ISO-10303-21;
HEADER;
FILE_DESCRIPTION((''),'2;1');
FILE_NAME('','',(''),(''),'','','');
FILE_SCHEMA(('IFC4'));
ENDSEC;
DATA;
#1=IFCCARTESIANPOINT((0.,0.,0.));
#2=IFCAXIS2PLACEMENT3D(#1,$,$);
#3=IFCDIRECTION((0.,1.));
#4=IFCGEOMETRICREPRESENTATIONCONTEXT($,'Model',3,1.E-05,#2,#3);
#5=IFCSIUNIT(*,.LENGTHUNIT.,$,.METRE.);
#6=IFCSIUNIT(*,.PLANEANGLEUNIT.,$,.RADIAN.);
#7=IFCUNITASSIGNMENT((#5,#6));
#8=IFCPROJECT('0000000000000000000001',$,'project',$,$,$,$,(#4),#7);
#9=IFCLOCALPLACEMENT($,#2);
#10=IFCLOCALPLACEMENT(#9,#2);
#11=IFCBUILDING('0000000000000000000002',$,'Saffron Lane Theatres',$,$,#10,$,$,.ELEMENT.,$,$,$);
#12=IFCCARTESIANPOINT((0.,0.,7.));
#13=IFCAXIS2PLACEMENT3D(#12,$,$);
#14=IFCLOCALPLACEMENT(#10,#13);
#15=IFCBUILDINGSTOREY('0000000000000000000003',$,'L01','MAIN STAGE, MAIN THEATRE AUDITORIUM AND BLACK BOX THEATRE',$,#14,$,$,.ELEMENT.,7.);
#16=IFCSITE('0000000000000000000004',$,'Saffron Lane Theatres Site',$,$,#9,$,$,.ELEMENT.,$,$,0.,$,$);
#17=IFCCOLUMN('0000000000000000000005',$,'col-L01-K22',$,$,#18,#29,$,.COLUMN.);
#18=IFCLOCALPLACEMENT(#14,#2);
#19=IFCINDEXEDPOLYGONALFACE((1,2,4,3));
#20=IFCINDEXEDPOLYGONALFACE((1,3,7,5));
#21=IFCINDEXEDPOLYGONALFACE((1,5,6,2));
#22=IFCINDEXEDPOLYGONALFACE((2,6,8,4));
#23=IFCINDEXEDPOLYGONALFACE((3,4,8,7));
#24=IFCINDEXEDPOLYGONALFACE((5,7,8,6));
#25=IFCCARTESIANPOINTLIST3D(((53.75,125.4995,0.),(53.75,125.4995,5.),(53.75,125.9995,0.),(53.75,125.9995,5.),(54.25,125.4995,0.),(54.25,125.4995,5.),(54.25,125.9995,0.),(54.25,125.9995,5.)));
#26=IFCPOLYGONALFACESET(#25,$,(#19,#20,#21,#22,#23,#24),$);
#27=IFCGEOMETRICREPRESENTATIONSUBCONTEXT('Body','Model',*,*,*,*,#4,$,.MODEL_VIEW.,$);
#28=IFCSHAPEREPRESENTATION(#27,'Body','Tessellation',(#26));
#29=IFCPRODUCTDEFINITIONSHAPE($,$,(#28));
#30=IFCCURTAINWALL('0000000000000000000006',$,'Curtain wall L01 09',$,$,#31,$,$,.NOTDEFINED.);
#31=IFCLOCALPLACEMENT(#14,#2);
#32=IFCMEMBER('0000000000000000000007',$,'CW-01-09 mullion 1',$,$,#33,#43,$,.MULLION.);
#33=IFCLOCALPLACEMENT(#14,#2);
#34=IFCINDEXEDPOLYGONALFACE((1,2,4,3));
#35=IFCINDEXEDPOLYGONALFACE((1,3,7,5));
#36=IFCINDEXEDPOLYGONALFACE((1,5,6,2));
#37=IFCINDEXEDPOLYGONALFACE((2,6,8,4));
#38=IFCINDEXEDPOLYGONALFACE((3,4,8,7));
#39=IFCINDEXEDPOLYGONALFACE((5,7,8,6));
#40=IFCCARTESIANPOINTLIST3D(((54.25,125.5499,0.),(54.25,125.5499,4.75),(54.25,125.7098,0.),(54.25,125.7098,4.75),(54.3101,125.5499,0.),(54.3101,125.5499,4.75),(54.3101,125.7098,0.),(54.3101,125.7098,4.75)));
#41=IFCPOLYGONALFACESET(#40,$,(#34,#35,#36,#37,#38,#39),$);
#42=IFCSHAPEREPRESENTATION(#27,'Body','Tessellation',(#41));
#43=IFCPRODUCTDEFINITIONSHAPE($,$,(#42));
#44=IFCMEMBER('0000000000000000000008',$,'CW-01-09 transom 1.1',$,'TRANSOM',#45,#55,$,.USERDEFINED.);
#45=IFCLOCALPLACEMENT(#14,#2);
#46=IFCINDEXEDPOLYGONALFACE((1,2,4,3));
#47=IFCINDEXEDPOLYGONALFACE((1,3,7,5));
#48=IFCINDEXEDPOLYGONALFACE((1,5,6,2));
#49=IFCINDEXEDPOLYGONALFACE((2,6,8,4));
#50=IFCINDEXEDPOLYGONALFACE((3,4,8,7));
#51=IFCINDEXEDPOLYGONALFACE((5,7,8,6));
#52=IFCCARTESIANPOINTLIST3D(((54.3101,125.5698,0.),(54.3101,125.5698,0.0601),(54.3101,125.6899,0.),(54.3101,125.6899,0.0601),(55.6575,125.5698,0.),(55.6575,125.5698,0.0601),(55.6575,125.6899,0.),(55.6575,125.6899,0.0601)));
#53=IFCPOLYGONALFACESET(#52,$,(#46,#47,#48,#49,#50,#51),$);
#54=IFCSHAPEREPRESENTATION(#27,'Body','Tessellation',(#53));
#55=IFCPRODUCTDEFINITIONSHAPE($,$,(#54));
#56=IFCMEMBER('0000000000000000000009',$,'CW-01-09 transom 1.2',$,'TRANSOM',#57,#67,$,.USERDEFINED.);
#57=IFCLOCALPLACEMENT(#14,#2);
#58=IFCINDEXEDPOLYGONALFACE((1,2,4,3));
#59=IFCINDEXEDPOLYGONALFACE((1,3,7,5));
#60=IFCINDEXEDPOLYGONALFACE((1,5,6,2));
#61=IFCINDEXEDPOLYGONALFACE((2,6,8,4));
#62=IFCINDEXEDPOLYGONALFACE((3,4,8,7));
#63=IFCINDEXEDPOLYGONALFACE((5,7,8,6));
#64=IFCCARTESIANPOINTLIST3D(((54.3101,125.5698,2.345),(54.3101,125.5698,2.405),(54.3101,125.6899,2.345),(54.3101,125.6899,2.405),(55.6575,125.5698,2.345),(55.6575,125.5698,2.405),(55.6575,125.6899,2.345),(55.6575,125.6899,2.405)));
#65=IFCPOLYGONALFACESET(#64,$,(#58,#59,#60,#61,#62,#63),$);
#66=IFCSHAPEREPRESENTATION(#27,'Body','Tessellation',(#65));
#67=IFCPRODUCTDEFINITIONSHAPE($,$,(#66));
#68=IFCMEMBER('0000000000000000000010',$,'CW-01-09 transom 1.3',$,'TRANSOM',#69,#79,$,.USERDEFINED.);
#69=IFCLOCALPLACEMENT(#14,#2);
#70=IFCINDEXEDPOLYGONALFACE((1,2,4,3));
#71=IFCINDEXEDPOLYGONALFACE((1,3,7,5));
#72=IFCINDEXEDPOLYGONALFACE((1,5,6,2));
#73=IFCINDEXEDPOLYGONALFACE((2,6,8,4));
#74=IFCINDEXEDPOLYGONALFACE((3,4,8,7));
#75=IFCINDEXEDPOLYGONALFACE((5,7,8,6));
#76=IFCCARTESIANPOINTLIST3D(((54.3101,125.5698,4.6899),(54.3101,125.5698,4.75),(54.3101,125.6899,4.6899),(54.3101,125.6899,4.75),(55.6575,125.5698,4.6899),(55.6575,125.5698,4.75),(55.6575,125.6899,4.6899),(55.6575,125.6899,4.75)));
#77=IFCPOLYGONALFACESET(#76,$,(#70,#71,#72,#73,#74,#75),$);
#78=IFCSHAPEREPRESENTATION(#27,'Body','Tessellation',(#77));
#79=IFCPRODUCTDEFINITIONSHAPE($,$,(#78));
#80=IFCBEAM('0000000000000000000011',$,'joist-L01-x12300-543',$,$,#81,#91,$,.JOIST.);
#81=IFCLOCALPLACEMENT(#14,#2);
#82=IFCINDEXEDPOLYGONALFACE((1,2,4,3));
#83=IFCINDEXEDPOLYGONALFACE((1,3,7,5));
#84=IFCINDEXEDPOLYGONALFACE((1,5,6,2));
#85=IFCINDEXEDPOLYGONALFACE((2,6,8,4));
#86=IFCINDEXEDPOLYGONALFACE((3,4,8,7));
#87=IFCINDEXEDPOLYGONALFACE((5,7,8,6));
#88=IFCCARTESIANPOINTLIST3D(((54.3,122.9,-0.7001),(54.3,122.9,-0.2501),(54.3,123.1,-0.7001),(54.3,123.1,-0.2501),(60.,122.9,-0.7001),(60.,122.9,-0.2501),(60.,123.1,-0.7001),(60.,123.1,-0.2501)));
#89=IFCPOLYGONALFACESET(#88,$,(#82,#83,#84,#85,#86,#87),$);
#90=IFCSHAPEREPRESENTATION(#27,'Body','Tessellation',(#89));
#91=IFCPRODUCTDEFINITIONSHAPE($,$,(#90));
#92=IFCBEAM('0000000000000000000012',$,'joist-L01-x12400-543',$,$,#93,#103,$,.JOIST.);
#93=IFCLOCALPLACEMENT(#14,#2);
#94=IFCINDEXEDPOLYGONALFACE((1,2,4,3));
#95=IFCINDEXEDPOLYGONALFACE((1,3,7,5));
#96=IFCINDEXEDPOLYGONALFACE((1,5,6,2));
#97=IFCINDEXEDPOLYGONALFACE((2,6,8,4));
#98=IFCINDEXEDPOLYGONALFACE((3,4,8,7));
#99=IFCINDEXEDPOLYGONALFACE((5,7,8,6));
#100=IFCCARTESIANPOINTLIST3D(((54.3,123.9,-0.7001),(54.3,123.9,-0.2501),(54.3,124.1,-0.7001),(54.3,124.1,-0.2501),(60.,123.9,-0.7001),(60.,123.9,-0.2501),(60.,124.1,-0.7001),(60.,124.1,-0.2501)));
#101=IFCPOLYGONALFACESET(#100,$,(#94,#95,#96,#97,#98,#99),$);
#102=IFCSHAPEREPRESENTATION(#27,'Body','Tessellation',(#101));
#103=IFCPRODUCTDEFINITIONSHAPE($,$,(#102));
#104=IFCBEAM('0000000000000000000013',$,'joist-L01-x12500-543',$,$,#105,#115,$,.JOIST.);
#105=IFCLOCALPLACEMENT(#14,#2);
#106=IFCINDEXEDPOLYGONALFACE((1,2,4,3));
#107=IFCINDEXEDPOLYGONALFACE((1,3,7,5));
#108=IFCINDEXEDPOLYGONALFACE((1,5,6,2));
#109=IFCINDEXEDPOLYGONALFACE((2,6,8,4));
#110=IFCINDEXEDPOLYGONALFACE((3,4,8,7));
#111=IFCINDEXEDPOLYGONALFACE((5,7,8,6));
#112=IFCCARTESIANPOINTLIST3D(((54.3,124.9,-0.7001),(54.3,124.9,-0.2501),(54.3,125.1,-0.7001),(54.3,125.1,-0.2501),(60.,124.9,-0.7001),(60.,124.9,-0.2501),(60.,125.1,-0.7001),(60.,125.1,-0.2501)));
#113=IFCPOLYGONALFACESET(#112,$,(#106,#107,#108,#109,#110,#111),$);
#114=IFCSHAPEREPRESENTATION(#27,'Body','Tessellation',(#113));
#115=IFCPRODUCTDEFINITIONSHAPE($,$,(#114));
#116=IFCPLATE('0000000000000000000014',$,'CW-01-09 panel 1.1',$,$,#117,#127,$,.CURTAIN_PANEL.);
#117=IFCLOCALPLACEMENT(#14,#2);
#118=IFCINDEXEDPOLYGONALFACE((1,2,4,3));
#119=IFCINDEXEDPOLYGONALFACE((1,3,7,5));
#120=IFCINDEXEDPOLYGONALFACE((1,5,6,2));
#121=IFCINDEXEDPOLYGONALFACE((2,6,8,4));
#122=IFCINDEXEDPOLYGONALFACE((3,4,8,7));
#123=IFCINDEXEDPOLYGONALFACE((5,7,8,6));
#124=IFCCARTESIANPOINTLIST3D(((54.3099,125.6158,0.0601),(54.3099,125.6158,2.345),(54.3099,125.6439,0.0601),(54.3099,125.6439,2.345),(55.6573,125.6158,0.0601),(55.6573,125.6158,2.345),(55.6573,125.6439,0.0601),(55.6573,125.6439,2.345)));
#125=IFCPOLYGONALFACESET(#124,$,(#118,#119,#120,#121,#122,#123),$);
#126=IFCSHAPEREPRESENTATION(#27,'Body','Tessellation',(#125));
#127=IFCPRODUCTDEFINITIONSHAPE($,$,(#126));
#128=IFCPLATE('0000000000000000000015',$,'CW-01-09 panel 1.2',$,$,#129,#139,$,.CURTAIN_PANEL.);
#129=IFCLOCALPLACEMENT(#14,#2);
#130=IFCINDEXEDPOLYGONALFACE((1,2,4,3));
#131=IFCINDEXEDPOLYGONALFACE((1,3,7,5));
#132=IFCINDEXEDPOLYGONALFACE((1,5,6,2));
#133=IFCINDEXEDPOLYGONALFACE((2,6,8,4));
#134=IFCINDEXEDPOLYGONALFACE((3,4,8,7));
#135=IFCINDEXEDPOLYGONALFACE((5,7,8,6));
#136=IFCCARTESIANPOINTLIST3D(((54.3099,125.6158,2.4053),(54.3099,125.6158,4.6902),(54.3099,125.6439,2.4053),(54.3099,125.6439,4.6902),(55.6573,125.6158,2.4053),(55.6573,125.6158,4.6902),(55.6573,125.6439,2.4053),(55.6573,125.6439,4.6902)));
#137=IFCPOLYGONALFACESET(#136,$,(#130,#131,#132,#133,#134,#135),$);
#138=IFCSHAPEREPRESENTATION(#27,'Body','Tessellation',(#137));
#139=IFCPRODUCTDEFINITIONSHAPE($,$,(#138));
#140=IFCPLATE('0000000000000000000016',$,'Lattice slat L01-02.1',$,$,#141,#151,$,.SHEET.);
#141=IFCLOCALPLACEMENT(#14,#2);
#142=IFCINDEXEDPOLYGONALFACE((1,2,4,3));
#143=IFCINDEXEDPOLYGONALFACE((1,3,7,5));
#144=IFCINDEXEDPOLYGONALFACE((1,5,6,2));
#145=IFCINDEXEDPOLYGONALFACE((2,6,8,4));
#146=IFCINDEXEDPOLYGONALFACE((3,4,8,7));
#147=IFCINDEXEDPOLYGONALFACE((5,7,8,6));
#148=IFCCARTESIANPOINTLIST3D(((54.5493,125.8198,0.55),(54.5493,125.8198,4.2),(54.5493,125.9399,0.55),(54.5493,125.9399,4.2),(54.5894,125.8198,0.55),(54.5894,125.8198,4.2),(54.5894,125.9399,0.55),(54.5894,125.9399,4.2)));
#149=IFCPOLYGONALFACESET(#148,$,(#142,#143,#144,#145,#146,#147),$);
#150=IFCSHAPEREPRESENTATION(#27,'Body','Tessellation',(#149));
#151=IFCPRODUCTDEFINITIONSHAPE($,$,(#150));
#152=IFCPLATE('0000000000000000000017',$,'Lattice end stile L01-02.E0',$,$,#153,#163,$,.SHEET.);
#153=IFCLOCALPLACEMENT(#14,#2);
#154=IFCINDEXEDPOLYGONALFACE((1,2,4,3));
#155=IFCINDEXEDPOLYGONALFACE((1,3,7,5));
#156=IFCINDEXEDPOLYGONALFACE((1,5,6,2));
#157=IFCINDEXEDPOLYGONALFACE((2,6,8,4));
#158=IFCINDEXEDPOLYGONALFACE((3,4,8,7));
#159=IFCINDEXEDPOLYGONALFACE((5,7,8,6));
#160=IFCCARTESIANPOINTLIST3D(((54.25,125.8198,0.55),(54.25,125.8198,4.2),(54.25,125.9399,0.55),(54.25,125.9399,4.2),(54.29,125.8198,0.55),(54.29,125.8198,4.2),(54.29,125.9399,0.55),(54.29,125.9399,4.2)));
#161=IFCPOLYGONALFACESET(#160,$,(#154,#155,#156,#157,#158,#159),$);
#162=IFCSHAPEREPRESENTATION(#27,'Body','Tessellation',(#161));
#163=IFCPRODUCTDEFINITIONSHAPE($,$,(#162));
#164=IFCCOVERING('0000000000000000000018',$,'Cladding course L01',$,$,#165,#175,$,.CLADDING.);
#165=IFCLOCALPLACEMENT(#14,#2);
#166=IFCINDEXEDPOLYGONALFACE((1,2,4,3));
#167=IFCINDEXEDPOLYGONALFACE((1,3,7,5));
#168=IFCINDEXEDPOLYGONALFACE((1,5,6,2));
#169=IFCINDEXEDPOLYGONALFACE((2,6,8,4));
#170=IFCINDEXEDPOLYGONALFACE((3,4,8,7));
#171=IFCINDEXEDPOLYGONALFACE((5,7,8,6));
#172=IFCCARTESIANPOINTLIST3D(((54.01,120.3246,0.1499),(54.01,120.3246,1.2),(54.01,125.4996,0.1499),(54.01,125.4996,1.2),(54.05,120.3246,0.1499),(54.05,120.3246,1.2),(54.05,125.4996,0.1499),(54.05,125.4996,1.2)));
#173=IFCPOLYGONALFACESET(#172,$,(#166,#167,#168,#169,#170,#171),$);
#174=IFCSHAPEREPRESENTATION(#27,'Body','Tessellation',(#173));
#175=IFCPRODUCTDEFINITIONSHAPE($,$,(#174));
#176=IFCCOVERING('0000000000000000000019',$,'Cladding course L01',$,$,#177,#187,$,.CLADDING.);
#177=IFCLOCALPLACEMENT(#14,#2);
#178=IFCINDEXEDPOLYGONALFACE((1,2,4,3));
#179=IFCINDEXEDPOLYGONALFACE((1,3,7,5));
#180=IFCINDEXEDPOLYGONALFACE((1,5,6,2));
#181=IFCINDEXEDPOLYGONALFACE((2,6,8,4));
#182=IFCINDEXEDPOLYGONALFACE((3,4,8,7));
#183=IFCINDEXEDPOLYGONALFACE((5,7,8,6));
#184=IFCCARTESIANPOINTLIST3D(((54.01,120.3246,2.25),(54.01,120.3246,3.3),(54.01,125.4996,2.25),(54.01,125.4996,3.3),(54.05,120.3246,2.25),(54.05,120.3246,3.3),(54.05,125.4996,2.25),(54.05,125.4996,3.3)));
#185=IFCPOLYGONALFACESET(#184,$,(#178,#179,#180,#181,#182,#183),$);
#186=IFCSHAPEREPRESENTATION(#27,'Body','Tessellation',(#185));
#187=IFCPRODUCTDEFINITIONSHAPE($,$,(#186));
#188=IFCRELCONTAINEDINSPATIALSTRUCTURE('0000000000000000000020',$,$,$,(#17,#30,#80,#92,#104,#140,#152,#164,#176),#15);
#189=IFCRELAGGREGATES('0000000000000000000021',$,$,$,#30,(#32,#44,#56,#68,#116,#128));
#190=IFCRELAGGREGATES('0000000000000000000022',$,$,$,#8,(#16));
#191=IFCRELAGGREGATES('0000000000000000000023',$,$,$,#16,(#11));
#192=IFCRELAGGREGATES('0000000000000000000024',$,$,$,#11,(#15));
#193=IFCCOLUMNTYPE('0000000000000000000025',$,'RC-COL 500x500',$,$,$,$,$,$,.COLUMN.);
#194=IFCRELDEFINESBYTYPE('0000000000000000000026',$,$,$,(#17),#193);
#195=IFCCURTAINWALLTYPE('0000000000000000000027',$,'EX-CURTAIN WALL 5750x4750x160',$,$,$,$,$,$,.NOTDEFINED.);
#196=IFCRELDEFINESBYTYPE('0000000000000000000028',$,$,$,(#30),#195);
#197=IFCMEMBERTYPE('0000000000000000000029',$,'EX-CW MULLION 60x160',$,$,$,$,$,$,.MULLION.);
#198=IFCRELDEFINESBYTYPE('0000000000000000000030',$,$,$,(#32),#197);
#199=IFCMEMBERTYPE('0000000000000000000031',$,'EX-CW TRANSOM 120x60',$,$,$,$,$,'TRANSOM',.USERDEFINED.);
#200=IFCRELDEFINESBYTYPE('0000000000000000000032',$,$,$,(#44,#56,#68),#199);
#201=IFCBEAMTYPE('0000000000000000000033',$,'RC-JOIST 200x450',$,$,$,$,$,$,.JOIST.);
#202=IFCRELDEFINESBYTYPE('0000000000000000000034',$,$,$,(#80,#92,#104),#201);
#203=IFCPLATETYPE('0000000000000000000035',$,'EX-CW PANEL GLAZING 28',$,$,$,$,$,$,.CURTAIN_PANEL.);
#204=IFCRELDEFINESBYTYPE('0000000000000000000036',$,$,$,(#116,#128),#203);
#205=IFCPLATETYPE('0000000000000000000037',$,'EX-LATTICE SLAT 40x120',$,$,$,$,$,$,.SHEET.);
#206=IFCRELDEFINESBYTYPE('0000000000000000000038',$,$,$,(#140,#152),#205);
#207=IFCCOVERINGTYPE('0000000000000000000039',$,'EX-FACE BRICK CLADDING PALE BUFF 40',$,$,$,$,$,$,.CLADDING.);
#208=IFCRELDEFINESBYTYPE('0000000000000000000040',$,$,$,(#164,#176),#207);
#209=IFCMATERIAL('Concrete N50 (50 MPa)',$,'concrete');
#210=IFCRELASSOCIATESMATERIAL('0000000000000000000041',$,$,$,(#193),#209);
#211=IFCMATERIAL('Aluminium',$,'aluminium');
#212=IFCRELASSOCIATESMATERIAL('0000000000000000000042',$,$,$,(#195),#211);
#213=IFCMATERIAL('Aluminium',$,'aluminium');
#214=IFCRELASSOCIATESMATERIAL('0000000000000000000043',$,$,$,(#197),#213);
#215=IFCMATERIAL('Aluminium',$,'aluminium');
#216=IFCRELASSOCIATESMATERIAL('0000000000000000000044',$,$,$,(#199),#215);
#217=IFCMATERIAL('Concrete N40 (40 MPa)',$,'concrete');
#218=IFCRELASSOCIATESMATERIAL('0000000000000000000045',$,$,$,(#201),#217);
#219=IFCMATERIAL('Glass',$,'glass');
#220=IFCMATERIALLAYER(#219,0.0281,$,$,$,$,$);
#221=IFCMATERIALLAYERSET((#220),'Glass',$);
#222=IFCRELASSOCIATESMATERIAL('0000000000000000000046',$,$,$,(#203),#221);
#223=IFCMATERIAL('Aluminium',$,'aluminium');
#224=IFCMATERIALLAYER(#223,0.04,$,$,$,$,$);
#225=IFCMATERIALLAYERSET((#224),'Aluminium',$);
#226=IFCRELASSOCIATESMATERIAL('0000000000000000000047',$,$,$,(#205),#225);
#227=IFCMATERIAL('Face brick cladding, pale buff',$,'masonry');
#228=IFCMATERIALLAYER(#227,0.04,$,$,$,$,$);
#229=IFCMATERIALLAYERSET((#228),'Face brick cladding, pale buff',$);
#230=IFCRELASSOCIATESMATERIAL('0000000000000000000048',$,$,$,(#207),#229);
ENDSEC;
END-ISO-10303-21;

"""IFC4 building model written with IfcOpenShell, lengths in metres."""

from ifc_helpers import new_model, si_unit, direction, frame, origin, origin_2d, place, context, subcontext, project, spatial, rectangle, extrude, material, layer, layer_set, material_profile, profile_set, type_object, element, aggregate, save


model = new_model("IFC4")

# Units and contexts
model_context = context("Model", 3, precision=1e-05, world=origin(), true_north=direction((0.0, 1.0)))
body_context = subcontext(model_context, "Body", "Model", "MODEL_VIEW")
ifc_project = project(units=[si_unit("LENGTHUNIT", "METRE"), si_unit("PLANEANGLEUNIT", "RADIAN")], contexts=[model_context])

# Site, building, storey
site_placement = place(None, origin())
site = spatial("IfcSite", under=ifc_project, at=site_placement, Name="Saffron Lane Theatres Site", CompositionType="ELEMENT", RefElevation=0.0)
building_placement = place(site_placement, origin())
building = spatial("IfcBuilding", under=site, at=building_placement, Name="Saffron Lane Theatres", CompositionType="ELEMENT")
storey_placement = place(building_placement, frame((0.0, 0.0, 7.0)))
storey = spatial("IfcBuildingStorey", under=building, at=storey_placement, Name="L01", Description="MAIN STAGE, MAIN THEATRE AUDITORIUM AND BLACK BOX THEATRE", CompositionType="ELEMENT", Elevation=7.0)

# Column
ifc_material_1 = material(Name="Concrete N50 (50 MPa)", Category="concrete")
ifc_material_profile_1 = material_profile(ifc_material_1, rectangle(XDim=0.5, YDim=0.5, at=origin_2d()))
ifc_profile_set_1 = profile_set([ifc_material_profile_1], Name="Concrete N50 (50 MPa)")
column_type = type_object("IfcColumnType", Name="RC-COL 500x500", PredefinedType="COLUMN", material=ifc_profile_set_1)
column_placement = place(storey_placement, frame((54.0, 125.7495, 0.0), z_axis=(0.0, 0.0, 1.0), x_axis=(1.0, 0.0, 0.0)))
element("IfcColumn", 1, at=column_placement, inside=storey, type_object=column_type, Name="col-L01-K22", PredefinedType="COLUMN", context=body_context, shape_type="SweptSolid", body=[
    extrude(rectangle(XDim=0.5, YDim=0.5, at=origin_2d()), origin(), (0.0, 0.0, 1.0), 5.0),
])

# Curtain wall, members
ifc_material_2 = material(Name="Aluminium", Category="aluminium")
curtain_wall_type = type_object("IfcCurtainWallType", Name="EX-CURTAIN WALL 5750x4750x160", PredefinedType="NOTDEFINED", material=ifc_material_2)
curtain_wall_placement = place(storey_placement, origin())
curtain_wall = element("IfcCurtainWall", 2, at=curtain_wall_placement, inside=storey, type_object=curtain_wall_type, Name="Curtain wall L01 09", PredefinedType="NOTDEFINED")
ifc_material_3 = material(Name="Aluminium", Category="aluminium")
ifc_material_profile_2 = material_profile(ifc_material_3, rectangle(XDim=0.0601, YDim=0.1599, at=origin_2d()))
ifc_profile_set_2 = profile_set([ifc_material_profile_2], Name="Aluminium")
member_type_1 = type_object("IfcMemberType", Name="EX-CW MULLION 60x160", PredefinedType="MULLION", material=ifc_profile_set_2)
member_1_placement = place(storey_placement, frame((54.28, 125.6299, 0.0), z_axis=(0.0, 0.0, 1.0), x_axis=(1.0, 0.0, 0.0)))
member_1 = element("IfcMember", 3, at=member_1_placement, type_object=member_type_1, Name="CW-01-09 mullion 1", PredefinedType="MULLION", context=body_context, shape_type="SweptSolid", body=[
    extrude(rectangle(XDim=0.0601, YDim=0.1599, at=origin_2d()), origin(), (0.0, 0.0, 1.0), 4.75),
])
ifc_material_4 = material(Name="Aluminium", Category="aluminium")
ifc_material_profile_3 = material_profile(ifc_material_4, rectangle(XDim=0.1201, YDim=0.0601, at=origin_2d()))
ifc_profile_set_3 = profile_set([ifc_material_profile_3], Name="Aluminium")
member_type_2 = type_object("IfcMemberType", Name="EX-CW TRANSOM 120x60", ElementType="TRANSOM", PredefinedType="USERDEFINED", material=ifc_profile_set_3)
member_2_placement = place(storey_placement, frame((54.3101, 125.6299, 0.03), z_axis=(1.0, 0.0, 0.0), x_axis=(0.0, 1.0, 0.0)))
member_2 = element("IfcMember", 4, at=member_2_placement, type_object=member_type_2, Name="CW-01-09 transom 1.1", ObjectType="TRANSOM", PredefinedType="USERDEFINED", context=body_context, shape_type="SweptSolid", body=[
    extrude(rectangle(XDim=0.1201, YDim=0.0601, at=origin_2d()), origin(), (0.0, 0.0, 1.0), 1.3474),
])
member_3_placement = place(storey_placement, frame((54.3101, 125.6299, 2.375), z_axis=(1.0, 0.0, 0.0), x_axis=(0.0, 1.0, 0.0)))
member_3 = element("IfcMember", 5, at=member_3_placement, type_object=member_type_2, Name="CW-01-09 transom 1.2", ObjectType="TRANSOM", PredefinedType="USERDEFINED", context=body_context, shape_type="SweptSolid", body=[
    extrude(rectangle(XDim=0.1201, YDim=0.0601, at=origin_2d()), origin(), (0.0, 0.0, 1.0), 1.3474),
])
member_4_placement = place(storey_placement, frame((54.3101, 125.6299, 4.72), z_axis=(1.0, 0.0, 0.0), x_axis=(0.0, 1.0, 0.0)))
member_4 = element("IfcMember", 6, at=member_4_placement, type_object=member_type_2, Name="CW-01-09 transom 1.3", ObjectType="TRANSOM", PredefinedType="USERDEFINED", context=body_context, shape_type="SweptSolid", body=[
    extrude(rectangle(XDim=0.1201, YDim=0.0601, at=origin_2d()), origin(), (0.0, 0.0, 1.0), 1.3474),
])

# Beams
ifc_material_5 = material(Name="Concrete N40 (40 MPa)", Category="concrete")
ifc_material_profile_4 = material_profile(ifc_material_5, rectangle(XDim=0.2, YDim=0.45, at=origin_2d()))
ifc_profile_set_4 = profile_set([ifc_material_profile_4], Name="Concrete N40 (40 MPa)")
beam_type = type_object("IfcBeamType", Name="RC-JOIST 200x450", PredefinedType="JOIST", material=ifc_profile_set_4)
for number, where, z_axis, x_axis, name in (
    (7, (54.3, 123.0, -0.4751), (1.0, 0.0, 0.0), (0.0, 1.0, 0.0), "joist-L01-x12300-543"),
    (8, (54.3, 124.0, -0.4751), (1.0, 0.0, 0.0), (0.0, 1.0, 0.0), "joist-L01-x12400-543"),
    (9, (54.3, 125.0, -0.4751), (1.0, 0.0, 0.0), (0.0, 1.0, 0.0), "joist-L01-x12500-543"),
):
    element("IfcBeam", number, at=place(storey_placement, frame(where, z_axis=z_axis, x_axis=x_axis)), inside=storey, type_object=beam_type, Name=name, PredefinedType="JOIST", context=body_context, shape_type="SweptSolid", body=[
        extrude(rectangle(XDim=0.2, YDim=0.45, at=origin_2d()), origin(), (0.0, 0.0, 1.0), 5.7),
    ])

# Plates
ifc_material_6 = material(Name="Glass", Category="glass")
ifc_layer_1 = layer(ifc_material_6, 0.0281)
ifc_layer_set_1 = layer_set([ifc_layer_1], Name="Glass")
plate_type_1 = type_object("IfcPlateType", Name="EX-CW PANEL GLAZING 28", PredefinedType="CURTAIN_PANEL", material=ifc_layer_set_1)
plate_1_placement = place(storey_placement, frame((54.9836, 125.6299, 0.0601), z_axis=(0.0, 0.0, 1.0), x_axis=(1.0, 0.0, 0.0)))
plate_1 = element("IfcPlate", 10, at=plate_1_placement, type_object=plate_type_1, Name="CW-01-09 panel 1.1", PredefinedType="CURTAIN_PANEL", context=body_context, shape_type="SweptSolid", body=[
    extrude(rectangle(XDim=1.3474, YDim=0.0281, at=origin_2d()), origin(), (0.0, 0.0, 1.0), 2.2849),
])
plate_2_placement = place(storey_placement, frame((54.9836, 125.6299, 2.4053), z_axis=(0.0, 0.0, 1.0), x_axis=(1.0, 0.0, 0.0)))
plate_2 = element("IfcPlate", 11, at=plate_2_placement, type_object=plate_type_1, Name="CW-01-09 panel 1.2", PredefinedType="CURTAIN_PANEL", context=body_context, shape_type="SweptSolid", body=[
    extrude(rectangle(XDim=1.3474, YDim=0.0281, at=origin_2d()), origin(), (0.0, 0.0, 1.0), 2.2849),
])
aggregate(curtain_wall, [member_1, member_2, member_3, member_4, plate_1, plate_2])

# Plates
ifc_material_7 = material(Name="Aluminium", Category="aluminium")
ifc_layer_2 = layer(ifc_material_7, 0.04)
ifc_layer_set_2 = layer_set([ifc_layer_2], Name="Aluminium")
plate_type_2 = type_object("IfcPlateType", Name="EX-LATTICE SLAT 40x120", PredefinedType="SHEET", material=ifc_layer_set_2)
for number, where, z_axis, x_axis, name in (
    (12, (54.5693, 125.8799, 0.55), (0.0, 0.0, 1.0), (1.0, 0.0, 0.0), "Lattice slat L01-02.1"),
    (13, (54.27, 125.8799, 0.55), (0.0, 0.0, 1.0), (1.0, 0.0, 0.0), "Lattice end stile L01-02.E0"),
):
    element("IfcPlate", number, at=place(storey_placement, frame(where, z_axis=z_axis, x_axis=x_axis)), inside=storey, type_object=plate_type_2, Name=name, PredefinedType="SHEET", context=body_context, shape_type="SweptSolid", body=[
        extrude(rectangle(XDim=0.04, YDim=0.1201, at=origin_2d()), origin(), (0.0, 0.0, 1.0), 3.6499),
    ])

# Coverings
ifc_material_8 = material(Name="Face brick cladding, pale buff", Category="masonry")
ifc_layer_3 = layer(ifc_material_8, 0.04)
ifc_layer_set_3 = layer_set([ifc_layer_3], Name="Face brick cladding, pale buff")
covering_type_1 = type_object("IfcCoveringType", Name="EX-FACE BRICK CLADDING PALE BUFF 40", PredefinedType="CLADDING", material=ifc_layer_set_3)
for number, where, z_axis, x_axis, name in (
    (14, (54.03, 122.9121, 0.1499), (0.0, 0.0, 1.0), (0.0, 1.0, 0.0), "Cladding course L01"),
    (15, (54.03, 122.9121, 2.25), (0.0, 0.0, 1.0), (0.0, 1.0, 0.0), "Cladding course L01"),
):
    element("IfcCovering", number, at=place(storey_placement, frame(where, z_axis=z_axis, x_axis=x_axis)), inside=storey, type_object=covering_type_1, Name=name, PredefinedType="CLADDING", context=body_context, shape_type="SweptSolid", body=[
        extrude(rectangle(XDim=5.175, YDim=0.04, at=origin_2d()), origin(), (0.0, 0.0, 1.0), 1.05),
    ])

save(model, "model.ifc")
